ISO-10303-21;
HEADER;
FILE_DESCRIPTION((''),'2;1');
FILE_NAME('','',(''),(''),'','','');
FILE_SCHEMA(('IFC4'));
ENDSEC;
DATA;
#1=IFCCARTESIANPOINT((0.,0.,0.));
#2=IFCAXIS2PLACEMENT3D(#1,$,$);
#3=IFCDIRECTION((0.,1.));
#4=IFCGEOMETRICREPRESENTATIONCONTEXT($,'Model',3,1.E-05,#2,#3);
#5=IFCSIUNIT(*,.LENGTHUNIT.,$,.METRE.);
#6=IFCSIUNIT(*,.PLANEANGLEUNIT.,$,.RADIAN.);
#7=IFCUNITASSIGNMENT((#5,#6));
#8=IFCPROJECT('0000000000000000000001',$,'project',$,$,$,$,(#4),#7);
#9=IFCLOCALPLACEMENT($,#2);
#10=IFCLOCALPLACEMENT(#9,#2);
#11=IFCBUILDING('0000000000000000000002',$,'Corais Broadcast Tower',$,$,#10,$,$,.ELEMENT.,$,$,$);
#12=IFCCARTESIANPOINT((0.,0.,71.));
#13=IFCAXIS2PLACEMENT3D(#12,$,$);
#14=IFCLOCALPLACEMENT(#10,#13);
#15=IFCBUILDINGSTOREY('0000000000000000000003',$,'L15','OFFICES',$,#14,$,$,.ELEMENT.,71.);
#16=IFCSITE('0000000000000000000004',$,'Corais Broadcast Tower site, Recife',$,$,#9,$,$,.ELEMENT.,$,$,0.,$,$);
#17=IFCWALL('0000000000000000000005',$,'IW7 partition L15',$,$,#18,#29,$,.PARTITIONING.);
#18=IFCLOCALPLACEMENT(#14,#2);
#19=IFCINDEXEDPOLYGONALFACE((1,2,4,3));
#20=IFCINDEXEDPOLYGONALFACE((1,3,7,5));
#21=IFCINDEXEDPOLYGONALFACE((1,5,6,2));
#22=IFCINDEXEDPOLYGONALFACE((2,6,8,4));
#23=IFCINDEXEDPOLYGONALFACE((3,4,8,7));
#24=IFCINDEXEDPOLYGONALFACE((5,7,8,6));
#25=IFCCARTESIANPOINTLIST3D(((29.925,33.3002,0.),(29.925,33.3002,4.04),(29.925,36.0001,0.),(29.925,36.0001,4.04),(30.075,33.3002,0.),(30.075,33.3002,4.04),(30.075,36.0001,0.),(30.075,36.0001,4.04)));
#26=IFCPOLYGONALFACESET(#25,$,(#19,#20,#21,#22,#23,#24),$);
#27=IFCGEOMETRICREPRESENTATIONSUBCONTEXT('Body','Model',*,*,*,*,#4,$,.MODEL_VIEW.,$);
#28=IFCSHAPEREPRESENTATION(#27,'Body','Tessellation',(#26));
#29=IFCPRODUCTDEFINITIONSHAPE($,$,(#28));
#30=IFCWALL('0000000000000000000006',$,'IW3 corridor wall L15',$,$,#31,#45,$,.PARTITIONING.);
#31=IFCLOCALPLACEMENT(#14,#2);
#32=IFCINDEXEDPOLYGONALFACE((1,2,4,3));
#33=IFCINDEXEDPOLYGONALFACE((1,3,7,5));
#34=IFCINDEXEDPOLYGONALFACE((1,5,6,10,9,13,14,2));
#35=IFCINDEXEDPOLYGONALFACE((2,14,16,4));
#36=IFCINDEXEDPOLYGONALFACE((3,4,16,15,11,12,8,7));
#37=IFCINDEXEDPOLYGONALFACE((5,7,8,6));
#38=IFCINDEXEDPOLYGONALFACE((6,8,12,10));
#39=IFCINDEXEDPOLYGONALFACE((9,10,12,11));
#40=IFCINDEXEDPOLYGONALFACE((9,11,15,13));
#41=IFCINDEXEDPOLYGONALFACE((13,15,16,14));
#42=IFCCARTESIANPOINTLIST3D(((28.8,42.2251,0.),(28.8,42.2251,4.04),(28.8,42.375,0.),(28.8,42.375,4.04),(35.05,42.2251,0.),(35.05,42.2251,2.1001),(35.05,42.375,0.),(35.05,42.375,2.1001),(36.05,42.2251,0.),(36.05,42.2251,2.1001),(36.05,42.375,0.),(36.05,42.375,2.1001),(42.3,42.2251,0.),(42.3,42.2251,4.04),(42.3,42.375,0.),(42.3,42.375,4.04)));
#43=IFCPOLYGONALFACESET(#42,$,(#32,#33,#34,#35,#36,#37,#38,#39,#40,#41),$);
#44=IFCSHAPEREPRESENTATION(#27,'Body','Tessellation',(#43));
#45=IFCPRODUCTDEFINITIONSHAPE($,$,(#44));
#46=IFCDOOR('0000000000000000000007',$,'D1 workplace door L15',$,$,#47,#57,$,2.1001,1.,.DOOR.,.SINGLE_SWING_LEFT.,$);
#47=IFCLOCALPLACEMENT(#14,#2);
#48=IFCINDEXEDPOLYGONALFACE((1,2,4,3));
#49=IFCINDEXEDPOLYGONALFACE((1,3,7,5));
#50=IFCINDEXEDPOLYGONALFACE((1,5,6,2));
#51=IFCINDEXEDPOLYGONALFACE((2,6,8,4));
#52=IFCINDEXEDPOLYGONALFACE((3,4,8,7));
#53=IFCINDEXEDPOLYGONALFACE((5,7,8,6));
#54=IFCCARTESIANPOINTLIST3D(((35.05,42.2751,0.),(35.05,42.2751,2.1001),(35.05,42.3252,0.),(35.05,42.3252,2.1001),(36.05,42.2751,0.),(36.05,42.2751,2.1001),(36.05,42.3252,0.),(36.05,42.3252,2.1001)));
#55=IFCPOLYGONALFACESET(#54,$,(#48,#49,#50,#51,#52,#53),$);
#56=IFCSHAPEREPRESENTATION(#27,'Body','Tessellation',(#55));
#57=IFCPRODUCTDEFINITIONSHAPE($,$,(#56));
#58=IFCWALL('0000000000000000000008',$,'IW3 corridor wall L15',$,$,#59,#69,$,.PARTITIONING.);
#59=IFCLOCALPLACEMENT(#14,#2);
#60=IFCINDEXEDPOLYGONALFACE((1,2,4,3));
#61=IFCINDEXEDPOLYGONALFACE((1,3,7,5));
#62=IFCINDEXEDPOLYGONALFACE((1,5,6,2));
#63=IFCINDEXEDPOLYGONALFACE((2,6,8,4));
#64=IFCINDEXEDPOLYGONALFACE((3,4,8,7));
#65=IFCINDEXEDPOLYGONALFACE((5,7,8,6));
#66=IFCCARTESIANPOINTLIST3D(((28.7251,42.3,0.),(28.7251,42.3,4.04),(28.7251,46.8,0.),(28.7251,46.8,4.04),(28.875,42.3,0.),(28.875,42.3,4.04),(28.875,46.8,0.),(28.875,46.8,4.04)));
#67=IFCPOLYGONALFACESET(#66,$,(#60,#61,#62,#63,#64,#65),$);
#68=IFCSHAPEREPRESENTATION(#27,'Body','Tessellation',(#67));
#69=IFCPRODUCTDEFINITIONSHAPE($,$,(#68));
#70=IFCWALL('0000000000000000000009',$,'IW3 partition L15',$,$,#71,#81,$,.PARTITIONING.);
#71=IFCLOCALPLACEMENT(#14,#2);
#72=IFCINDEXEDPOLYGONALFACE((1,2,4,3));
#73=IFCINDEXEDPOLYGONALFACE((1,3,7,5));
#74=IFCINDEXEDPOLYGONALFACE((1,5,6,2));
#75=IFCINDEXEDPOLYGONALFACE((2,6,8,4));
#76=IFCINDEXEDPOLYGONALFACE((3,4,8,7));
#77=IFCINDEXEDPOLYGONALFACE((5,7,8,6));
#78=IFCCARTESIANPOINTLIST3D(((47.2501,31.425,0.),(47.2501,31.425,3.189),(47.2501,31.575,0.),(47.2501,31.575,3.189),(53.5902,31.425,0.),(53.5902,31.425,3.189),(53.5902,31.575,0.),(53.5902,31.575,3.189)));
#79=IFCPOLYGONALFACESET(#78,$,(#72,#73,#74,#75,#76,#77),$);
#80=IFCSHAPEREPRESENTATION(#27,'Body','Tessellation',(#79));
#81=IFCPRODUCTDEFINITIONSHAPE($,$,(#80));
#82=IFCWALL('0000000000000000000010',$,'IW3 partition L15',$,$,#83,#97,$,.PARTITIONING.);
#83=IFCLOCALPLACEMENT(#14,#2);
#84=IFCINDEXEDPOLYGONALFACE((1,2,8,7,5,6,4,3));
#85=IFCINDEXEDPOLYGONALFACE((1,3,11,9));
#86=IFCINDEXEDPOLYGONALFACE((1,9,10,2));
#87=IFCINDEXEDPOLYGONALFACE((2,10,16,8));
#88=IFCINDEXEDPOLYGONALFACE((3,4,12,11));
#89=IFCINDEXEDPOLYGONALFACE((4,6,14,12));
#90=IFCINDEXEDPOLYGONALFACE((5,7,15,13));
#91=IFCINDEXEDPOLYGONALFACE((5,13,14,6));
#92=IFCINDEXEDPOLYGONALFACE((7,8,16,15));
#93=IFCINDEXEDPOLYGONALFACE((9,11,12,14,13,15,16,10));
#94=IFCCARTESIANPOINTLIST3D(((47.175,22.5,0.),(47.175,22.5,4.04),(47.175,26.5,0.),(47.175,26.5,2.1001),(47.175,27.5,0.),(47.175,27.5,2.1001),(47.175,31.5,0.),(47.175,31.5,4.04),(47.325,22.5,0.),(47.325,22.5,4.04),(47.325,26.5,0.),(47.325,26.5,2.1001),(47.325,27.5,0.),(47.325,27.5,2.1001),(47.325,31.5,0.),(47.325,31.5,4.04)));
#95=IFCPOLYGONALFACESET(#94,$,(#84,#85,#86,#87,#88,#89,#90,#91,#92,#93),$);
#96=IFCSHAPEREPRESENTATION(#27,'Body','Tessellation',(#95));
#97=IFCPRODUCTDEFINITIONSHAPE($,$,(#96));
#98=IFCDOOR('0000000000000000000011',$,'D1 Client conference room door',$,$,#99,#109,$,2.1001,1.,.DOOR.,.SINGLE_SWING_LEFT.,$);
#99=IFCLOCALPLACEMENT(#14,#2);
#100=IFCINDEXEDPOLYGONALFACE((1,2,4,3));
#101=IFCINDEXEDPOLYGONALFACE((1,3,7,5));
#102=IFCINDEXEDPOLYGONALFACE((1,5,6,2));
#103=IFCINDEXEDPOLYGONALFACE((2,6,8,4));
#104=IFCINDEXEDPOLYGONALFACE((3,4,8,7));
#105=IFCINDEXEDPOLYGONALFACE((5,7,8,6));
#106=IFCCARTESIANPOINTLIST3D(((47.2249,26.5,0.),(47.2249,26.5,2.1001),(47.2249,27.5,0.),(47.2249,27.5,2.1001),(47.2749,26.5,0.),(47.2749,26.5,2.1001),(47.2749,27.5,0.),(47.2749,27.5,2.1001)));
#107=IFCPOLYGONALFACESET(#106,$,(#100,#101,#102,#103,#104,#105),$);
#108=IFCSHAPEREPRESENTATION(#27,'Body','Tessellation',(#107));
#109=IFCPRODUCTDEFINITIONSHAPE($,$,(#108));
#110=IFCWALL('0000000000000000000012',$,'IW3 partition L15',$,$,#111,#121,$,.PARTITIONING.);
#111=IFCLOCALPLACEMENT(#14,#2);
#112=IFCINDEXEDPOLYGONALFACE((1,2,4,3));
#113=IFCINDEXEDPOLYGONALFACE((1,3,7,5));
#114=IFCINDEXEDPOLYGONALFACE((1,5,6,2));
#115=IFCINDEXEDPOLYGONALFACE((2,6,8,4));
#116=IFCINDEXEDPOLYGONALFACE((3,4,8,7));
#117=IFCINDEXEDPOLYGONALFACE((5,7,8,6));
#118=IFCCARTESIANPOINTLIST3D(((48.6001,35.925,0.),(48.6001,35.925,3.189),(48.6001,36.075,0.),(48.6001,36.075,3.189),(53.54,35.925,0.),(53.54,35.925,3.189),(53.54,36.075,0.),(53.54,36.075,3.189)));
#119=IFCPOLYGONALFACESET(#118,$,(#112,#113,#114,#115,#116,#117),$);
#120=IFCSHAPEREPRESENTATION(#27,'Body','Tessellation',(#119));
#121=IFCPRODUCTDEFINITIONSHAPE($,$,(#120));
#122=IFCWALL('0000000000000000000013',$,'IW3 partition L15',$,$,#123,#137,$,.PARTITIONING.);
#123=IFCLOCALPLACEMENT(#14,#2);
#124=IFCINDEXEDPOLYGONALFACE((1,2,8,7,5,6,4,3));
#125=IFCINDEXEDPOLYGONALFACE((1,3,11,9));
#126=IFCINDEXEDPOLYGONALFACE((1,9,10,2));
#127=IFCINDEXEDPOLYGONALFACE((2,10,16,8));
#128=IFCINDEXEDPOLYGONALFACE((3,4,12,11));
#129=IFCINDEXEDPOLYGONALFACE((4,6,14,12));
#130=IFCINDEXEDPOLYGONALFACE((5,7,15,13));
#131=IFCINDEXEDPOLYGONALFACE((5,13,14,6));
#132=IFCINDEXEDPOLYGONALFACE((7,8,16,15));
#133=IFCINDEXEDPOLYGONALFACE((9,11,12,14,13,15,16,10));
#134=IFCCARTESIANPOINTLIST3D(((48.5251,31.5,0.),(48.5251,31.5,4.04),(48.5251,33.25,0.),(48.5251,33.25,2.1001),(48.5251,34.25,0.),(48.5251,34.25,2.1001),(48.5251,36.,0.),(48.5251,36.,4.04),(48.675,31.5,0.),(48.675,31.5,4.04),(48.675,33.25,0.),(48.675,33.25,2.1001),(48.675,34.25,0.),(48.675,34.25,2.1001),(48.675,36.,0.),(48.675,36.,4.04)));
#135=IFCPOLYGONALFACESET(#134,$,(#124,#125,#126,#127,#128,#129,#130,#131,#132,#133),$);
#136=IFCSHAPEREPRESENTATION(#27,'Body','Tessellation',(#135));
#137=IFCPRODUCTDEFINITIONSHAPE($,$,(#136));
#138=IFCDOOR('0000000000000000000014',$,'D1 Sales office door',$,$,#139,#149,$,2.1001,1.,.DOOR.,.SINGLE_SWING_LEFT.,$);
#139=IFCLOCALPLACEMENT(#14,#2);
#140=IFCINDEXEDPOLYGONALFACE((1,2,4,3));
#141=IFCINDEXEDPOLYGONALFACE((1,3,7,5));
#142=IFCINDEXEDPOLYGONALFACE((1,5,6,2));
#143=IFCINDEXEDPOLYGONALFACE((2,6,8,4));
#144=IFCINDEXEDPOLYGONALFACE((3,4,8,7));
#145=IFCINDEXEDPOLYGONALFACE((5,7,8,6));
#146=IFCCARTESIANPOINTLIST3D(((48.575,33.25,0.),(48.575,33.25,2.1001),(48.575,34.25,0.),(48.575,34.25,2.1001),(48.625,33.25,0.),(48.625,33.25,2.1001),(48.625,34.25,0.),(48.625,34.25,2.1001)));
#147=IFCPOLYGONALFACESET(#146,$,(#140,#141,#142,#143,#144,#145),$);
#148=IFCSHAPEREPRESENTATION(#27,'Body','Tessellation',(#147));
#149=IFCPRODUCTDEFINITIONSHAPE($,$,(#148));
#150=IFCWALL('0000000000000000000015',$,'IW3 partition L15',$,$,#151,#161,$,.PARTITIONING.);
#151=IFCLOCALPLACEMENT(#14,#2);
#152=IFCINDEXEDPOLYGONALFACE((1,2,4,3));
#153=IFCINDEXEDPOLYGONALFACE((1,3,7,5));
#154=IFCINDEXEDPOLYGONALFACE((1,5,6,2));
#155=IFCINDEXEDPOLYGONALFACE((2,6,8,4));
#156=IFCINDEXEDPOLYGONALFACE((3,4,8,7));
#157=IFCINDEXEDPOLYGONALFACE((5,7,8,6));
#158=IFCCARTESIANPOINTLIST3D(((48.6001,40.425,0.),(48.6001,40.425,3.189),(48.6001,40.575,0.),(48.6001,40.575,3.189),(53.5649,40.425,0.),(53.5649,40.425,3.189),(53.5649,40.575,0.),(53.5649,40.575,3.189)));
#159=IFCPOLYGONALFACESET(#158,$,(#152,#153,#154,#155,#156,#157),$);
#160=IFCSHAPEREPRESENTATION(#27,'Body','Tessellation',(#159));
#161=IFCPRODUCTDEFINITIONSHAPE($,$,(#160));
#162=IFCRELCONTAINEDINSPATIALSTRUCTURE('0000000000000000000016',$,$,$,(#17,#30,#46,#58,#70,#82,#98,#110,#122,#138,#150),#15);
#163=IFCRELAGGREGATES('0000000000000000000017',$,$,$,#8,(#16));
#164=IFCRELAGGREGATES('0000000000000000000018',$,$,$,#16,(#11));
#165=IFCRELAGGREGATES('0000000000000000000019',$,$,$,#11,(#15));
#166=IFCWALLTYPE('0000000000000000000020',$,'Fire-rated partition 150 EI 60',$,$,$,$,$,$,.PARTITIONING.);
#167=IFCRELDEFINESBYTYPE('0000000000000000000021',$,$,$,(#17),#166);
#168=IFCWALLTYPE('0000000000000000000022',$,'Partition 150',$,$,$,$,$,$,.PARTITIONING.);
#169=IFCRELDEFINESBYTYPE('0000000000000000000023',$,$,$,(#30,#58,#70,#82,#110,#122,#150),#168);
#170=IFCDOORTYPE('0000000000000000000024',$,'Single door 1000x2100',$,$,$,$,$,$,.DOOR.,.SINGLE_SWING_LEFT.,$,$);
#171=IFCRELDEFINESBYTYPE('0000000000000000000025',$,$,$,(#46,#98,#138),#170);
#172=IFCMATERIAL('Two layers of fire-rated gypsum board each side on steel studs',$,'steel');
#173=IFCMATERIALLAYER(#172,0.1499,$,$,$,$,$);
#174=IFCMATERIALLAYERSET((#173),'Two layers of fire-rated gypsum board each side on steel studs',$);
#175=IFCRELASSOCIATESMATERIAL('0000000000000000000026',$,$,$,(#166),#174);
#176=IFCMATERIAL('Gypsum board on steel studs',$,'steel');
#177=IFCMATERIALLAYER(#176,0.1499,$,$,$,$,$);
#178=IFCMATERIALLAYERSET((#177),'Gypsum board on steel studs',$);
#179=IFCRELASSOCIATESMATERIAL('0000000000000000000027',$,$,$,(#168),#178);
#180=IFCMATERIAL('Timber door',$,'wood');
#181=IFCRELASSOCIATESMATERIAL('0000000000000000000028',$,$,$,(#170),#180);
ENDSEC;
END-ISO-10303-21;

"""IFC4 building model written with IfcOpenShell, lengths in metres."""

from ifc_helpers import new_model, si_unit, direction, frame, frame_2d, origin, place, context, subcontext, project, spatial, rectangle, extrude, material, layer, layer_set, type_object, element, fill, save


model = new_model("IFC4")

# Units and contexts
model_context = context("Model", 3, precision=1e-05, world=origin(), true_north=direction((0.0, 1.0)))
body_context = subcontext(model_context, "Body", "Model", "MODEL_VIEW")
ifc_project = project(units=[si_unit("LENGTHUNIT", "METRE"), si_unit("PLANEANGLEUNIT", "RADIAN")], contexts=[model_context])

# Site, building, storey
site_placement = place(None, origin())
site = spatial("IfcSite", under=ifc_project, at=site_placement, Name="Corais Broadcast Tower site, Recife", CompositionType="ELEMENT", RefElevation=0.0)
building_placement = place(site_placement, origin())
building = spatial("IfcBuilding", under=site, at=building_placement, Name="Corais Broadcast Tower", CompositionType="ELEMENT")
storey_placement = place(building_placement, frame((0.0, 0.0, 71.0)))
storey = spatial("IfcBuildingStorey", under=building, at=storey_placement, Name="L15", Description="OFFICES", CompositionType="ELEMENT", Elevation=71.0)

# Wall
ifc_material_1 = material(Name="Two layers of fire-rated gypsum board each side on steel studs", Category="steel")
ifc_layer_1 = layer(ifc_material_1, 0.1499)
ifc_layer_set_1 = layer_set([ifc_layer_1], Name="Two layers of fire-rated gypsum board each side on steel studs")
wall_type_1 = type_object("IfcWallType", Name="Fire-rated partition 150 EI 60", PredefinedType="PARTITIONING", material=ifc_layer_set_1)
wall_1_placement = place(storey_placement, frame((30.0, 33.3, 0.0), z_axis=(0.0, 0.0, 1.0), x_axis=(0.0, 1.0, 0.0)))
element("IfcWall", 1, at=wall_1_placement, inside=storey, type_object=wall_type_1, Name="IW7 partition L15", PredefinedType="PARTITIONING", context=body_context, shape_type="SweptSolid", body=[
    extrude(rectangle(XDim=2.7, YDim=0.1499, at=frame_2d((1.3501, 0.0))), origin(), (0.0, 0.0, 1.0), 4.04),
])

# Wall, opening, door
ifc_material_2 = material(Name="Gypsum board on steel studs", Category="steel")
ifc_layer_2 = layer(ifc_material_2, 0.1499)
ifc_layer_set_2 = layer_set([ifc_layer_2], Name="Gypsum board on steel studs")
wall_type_2 = type_object("IfcWallType", Name="Partition 150", PredefinedType="PARTITIONING", material=ifc_layer_set_2)
wall_2_placement = place(storey_placement, frame((42.3, 42.3, 0.0), z_axis=(0.0, 0.0, 1.0), x_axis=(-1.0, 0.0, 0.0)))
wall_2 = element("IfcWall", 2, at=wall_2_placement, inside=storey, type_object=wall_type_2, Name="IW3 corridor wall L15", PredefinedType="PARTITIONING", context=body_context, shape_type="SweptSolid", body=[
    extrude(rectangle(XDim=13.5, YDim=0.1499, at=frame_2d((6.75, 0.0))), origin(), (0.0, 0.0, 1.0), 4.04),
])
opening_1_placement = place(wall_2_placement, frame((6.25, 0.0, 0.0)))
opening_1 = element("IfcOpeningElement", 3, at=opening_1_placement, cuts=wall_2, PredefinedType="OPENING", context=body_context, shape_type="SweptSolid", body=[
    extrude(rectangle(XDim=1.0, YDim=2.1001, at=frame_2d((0.5, 1.05))), frame((0.0, 0.085, 0.0), z_axis=(0.0, -1.0, 0.0), x_axis=(1.0, 0.0, 0.0)), (0.0, 0.0, 1.0), 0.1699),
])
ifc_material_3 = material(Name="Timber door", Category="wood")
door_type = type_object("IfcDoorType", Name="Single door 1000x2100", OperationType="SINGLE_SWING_LEFT", PredefinedType="DOOR", material=ifc_material_3)
door_1_placement = place(opening_1_placement, origin())
door_1 = element("IfcDoor", 4, at=door_1_placement, inside=storey, type_object=door_type, Name="D1 workplace door L15", OperationType="SINGLE_SWING_LEFT", OverallHeight=2.1001, OverallWidth=1.0, PredefinedType="DOOR", context=body_context, shape_type="SweptSolid", body=[
    extrude(rectangle(XDim=1.0, YDim=2.1001, at=frame_2d((0.5, 1.05))), frame((0.0, 0.0249, 0.0), z_axis=(0.0, -1.0, 0.0), x_axis=(1.0, 0.0, 0.0)), (0.0, 0.0, 1.0), 0.05),
])
fill(opening_1, door_1)

# Walls
wall_3_placement = place(storey_placement, frame((28.8, 42.3, 0.0), z_axis=(0.0, 0.0, 1.0), x_axis=(0.0, 1.0, 0.0)))
element("IfcWall", 5, at=wall_3_placement, inside=storey, type_object=wall_type_2, Name="IW3 corridor wall L15", PredefinedType="PARTITIONING", context=body_context, shape_type="SweptSolid", body=[
    extrude(rectangle(XDim=4.5, YDim=0.1499, at=frame_2d((2.25, 0.0))), origin(), (0.0, 0.0, 1.0), 4.04),
])
wall_4_placement = place(storey_placement, frame((53.5901, 31.5, 0.0), z_axis=(0.0, 0.0, 1.0), x_axis=(-1.0, 0.0, 0.0)))
element("IfcWall", 6, at=wall_4_placement, inside=storey, type_object=wall_type_2, Name="IW3 partition L15", PredefinedType="PARTITIONING", context=body_context, shape_type="SweptSolid", body=[
    extrude(rectangle(XDim=6.3401, YDim=0.1499, at=frame_2d((3.1699, 0.0))), origin(), (0.0, 0.0, 1.0), 3.189),
])

# Wall, opening, door
wall_5_placement = place(storey_placement, frame((47.25, 31.5, 0.0), z_axis=(0.0, 0.0, 1.0), x_axis=(0.0, -1.0, 0.0)))
wall_5 = element("IfcWall", 7, at=wall_5_placement, inside=storey, type_object=wall_type_2, Name="IW3 partition L15", PredefinedType="PARTITIONING", context=body_context, shape_type="SweptSolid", body=[
    extrude(rectangle(XDim=9.0, YDim=0.1499, at=frame_2d((4.5, 0.0))), origin(), (0.0, 0.0, 1.0), 4.04),
])
opening_2_placement = place(wall_5_placement, frame((4.0, 0.0, 0.0)))
opening_2 = element("IfcOpeningElement", 8, at=opening_2_placement, cuts=wall_5, PredefinedType="OPENING", context=body_context, shape_type="SweptSolid", body=[
    extrude(rectangle(XDim=1.0, YDim=2.1001, at=frame_2d((0.5, 1.05))), frame((0.0, 0.085, 0.0), z_axis=(0.0, -1.0, 0.0), x_axis=(1.0, 0.0, 0.0)), (0.0, 0.0, 1.0), 0.1699),
])
door_2_placement = place(opening_2_placement, origin())
door_2 = element("IfcDoor", 9, at=door_2_placement, inside=storey, type_object=door_type, Name="D1 Client conference room door", OperationType="SINGLE_SWING_LEFT", OverallHeight=2.1001, OverallWidth=1.0, PredefinedType="DOOR", context=body_context, shape_type="SweptSolid", body=[
    extrude(rectangle(XDim=1.0, YDim=2.1001, at=frame_2d((0.5, 1.05))), frame((0.0, 0.0249, 0.0), z_axis=(0.0, -1.0, 0.0), x_axis=(1.0, 0.0, 0.0)), (0.0, 0.0, 1.0), 0.05),
])
fill(opening_2, door_2)

# Wall
wall_6_placement = place(storey_placement, frame((53.54, 36.0, 0.0), z_axis=(0.0, 0.0, 1.0), x_axis=(-1.0, 0.0, 0.0)))
element("IfcWall", 10, at=wall_6_placement, inside=storey, type_object=wall_type_2, Name="IW3 partition L15", PredefinedType="PARTITIONING", context=body_context, shape_type="SweptSolid", body=[
    extrude(rectangle(XDim=4.9399, YDim=0.1499, at=frame_2d((2.47, 0.0))), origin(), (0.0, 0.0, 1.0), 3.189),
])

# Wall, opening, door
wall_7_placement = place(storey_placement, frame((48.6001, 36.0, 0.0), z_axis=(0.0, 0.0, 1.0), x_axis=(0.0, -1.0, 0.0)))
wall_7 = element("IfcWall", 11, at=wall_7_placement, inside=storey, type_object=wall_type_2, Name="IW3 partition L15", PredefinedType="PARTITIONING", context=body_context, shape_type="SweptSolid", body=[
    extrude(rectangle(XDim=4.5, YDim=0.1499, at=frame_2d((2.25, 0.0))), origin(), (0.0, 0.0, 1.0), 4.04),
])
opening_3_placement = place(wall_7_placement, frame((1.75, 0.0, 0.0)))
opening_3 = element("IfcOpeningElement", 12, at=opening_3_placement, cuts=wall_7, PredefinedType="OPENING", context=body_context, shape_type="SweptSolid", body=[
    extrude(rectangle(XDim=1.0, YDim=2.1001, at=frame_2d((0.5, 1.05))), frame((0.0, 0.085, 0.0), z_axis=(0.0, -1.0, 0.0), x_axis=(1.0, 0.0, 0.0)), (0.0, 0.0, 1.0), 0.1699),
])
door_3_placement = place(opening_3_placement, origin())
door_3 = element("IfcDoor", 13, at=door_3_placement, inside=storey, type_object=door_type, Name="D1 Sales office door", OperationType="SINGLE_SWING_LEFT", OverallHeight=2.1001, OverallWidth=1.0, PredefinedType="DOOR", context=body_context, shape_type="SweptSolid", body=[
    extrude(rectangle(XDim=1.0, YDim=2.1001, at=frame_2d((0.5, 1.05))), frame((0.0, 0.0249, 0.0), z_axis=(0.0, -1.0, 0.0), x_axis=(1.0, 0.0, 0.0)), (0.0, 0.0, 1.0), 0.05),
])
fill(opening_3, door_3)

# Wall
wall_8_placement = place(storey_placement, frame((53.5649, 40.5, 0.0), z_axis=(0.0, 0.0, 1.0), x_axis=(-1.0, 0.0, 0.0)))
element("IfcWall", 14, at=wall_8_placement, inside=storey, type_object=wall_type_2, Name="IW3 partition L15", PredefinedType="PARTITIONING", context=body_context, shape_type="SweptSolid", body=[
    extrude(rectangle(XDim=4.9648, YDim=0.1499, at=frame_2d((2.4824, 0.0))), origin(), (0.0, 0.0, 1.0), 3.189),
])

save(model, "model.ifc")
